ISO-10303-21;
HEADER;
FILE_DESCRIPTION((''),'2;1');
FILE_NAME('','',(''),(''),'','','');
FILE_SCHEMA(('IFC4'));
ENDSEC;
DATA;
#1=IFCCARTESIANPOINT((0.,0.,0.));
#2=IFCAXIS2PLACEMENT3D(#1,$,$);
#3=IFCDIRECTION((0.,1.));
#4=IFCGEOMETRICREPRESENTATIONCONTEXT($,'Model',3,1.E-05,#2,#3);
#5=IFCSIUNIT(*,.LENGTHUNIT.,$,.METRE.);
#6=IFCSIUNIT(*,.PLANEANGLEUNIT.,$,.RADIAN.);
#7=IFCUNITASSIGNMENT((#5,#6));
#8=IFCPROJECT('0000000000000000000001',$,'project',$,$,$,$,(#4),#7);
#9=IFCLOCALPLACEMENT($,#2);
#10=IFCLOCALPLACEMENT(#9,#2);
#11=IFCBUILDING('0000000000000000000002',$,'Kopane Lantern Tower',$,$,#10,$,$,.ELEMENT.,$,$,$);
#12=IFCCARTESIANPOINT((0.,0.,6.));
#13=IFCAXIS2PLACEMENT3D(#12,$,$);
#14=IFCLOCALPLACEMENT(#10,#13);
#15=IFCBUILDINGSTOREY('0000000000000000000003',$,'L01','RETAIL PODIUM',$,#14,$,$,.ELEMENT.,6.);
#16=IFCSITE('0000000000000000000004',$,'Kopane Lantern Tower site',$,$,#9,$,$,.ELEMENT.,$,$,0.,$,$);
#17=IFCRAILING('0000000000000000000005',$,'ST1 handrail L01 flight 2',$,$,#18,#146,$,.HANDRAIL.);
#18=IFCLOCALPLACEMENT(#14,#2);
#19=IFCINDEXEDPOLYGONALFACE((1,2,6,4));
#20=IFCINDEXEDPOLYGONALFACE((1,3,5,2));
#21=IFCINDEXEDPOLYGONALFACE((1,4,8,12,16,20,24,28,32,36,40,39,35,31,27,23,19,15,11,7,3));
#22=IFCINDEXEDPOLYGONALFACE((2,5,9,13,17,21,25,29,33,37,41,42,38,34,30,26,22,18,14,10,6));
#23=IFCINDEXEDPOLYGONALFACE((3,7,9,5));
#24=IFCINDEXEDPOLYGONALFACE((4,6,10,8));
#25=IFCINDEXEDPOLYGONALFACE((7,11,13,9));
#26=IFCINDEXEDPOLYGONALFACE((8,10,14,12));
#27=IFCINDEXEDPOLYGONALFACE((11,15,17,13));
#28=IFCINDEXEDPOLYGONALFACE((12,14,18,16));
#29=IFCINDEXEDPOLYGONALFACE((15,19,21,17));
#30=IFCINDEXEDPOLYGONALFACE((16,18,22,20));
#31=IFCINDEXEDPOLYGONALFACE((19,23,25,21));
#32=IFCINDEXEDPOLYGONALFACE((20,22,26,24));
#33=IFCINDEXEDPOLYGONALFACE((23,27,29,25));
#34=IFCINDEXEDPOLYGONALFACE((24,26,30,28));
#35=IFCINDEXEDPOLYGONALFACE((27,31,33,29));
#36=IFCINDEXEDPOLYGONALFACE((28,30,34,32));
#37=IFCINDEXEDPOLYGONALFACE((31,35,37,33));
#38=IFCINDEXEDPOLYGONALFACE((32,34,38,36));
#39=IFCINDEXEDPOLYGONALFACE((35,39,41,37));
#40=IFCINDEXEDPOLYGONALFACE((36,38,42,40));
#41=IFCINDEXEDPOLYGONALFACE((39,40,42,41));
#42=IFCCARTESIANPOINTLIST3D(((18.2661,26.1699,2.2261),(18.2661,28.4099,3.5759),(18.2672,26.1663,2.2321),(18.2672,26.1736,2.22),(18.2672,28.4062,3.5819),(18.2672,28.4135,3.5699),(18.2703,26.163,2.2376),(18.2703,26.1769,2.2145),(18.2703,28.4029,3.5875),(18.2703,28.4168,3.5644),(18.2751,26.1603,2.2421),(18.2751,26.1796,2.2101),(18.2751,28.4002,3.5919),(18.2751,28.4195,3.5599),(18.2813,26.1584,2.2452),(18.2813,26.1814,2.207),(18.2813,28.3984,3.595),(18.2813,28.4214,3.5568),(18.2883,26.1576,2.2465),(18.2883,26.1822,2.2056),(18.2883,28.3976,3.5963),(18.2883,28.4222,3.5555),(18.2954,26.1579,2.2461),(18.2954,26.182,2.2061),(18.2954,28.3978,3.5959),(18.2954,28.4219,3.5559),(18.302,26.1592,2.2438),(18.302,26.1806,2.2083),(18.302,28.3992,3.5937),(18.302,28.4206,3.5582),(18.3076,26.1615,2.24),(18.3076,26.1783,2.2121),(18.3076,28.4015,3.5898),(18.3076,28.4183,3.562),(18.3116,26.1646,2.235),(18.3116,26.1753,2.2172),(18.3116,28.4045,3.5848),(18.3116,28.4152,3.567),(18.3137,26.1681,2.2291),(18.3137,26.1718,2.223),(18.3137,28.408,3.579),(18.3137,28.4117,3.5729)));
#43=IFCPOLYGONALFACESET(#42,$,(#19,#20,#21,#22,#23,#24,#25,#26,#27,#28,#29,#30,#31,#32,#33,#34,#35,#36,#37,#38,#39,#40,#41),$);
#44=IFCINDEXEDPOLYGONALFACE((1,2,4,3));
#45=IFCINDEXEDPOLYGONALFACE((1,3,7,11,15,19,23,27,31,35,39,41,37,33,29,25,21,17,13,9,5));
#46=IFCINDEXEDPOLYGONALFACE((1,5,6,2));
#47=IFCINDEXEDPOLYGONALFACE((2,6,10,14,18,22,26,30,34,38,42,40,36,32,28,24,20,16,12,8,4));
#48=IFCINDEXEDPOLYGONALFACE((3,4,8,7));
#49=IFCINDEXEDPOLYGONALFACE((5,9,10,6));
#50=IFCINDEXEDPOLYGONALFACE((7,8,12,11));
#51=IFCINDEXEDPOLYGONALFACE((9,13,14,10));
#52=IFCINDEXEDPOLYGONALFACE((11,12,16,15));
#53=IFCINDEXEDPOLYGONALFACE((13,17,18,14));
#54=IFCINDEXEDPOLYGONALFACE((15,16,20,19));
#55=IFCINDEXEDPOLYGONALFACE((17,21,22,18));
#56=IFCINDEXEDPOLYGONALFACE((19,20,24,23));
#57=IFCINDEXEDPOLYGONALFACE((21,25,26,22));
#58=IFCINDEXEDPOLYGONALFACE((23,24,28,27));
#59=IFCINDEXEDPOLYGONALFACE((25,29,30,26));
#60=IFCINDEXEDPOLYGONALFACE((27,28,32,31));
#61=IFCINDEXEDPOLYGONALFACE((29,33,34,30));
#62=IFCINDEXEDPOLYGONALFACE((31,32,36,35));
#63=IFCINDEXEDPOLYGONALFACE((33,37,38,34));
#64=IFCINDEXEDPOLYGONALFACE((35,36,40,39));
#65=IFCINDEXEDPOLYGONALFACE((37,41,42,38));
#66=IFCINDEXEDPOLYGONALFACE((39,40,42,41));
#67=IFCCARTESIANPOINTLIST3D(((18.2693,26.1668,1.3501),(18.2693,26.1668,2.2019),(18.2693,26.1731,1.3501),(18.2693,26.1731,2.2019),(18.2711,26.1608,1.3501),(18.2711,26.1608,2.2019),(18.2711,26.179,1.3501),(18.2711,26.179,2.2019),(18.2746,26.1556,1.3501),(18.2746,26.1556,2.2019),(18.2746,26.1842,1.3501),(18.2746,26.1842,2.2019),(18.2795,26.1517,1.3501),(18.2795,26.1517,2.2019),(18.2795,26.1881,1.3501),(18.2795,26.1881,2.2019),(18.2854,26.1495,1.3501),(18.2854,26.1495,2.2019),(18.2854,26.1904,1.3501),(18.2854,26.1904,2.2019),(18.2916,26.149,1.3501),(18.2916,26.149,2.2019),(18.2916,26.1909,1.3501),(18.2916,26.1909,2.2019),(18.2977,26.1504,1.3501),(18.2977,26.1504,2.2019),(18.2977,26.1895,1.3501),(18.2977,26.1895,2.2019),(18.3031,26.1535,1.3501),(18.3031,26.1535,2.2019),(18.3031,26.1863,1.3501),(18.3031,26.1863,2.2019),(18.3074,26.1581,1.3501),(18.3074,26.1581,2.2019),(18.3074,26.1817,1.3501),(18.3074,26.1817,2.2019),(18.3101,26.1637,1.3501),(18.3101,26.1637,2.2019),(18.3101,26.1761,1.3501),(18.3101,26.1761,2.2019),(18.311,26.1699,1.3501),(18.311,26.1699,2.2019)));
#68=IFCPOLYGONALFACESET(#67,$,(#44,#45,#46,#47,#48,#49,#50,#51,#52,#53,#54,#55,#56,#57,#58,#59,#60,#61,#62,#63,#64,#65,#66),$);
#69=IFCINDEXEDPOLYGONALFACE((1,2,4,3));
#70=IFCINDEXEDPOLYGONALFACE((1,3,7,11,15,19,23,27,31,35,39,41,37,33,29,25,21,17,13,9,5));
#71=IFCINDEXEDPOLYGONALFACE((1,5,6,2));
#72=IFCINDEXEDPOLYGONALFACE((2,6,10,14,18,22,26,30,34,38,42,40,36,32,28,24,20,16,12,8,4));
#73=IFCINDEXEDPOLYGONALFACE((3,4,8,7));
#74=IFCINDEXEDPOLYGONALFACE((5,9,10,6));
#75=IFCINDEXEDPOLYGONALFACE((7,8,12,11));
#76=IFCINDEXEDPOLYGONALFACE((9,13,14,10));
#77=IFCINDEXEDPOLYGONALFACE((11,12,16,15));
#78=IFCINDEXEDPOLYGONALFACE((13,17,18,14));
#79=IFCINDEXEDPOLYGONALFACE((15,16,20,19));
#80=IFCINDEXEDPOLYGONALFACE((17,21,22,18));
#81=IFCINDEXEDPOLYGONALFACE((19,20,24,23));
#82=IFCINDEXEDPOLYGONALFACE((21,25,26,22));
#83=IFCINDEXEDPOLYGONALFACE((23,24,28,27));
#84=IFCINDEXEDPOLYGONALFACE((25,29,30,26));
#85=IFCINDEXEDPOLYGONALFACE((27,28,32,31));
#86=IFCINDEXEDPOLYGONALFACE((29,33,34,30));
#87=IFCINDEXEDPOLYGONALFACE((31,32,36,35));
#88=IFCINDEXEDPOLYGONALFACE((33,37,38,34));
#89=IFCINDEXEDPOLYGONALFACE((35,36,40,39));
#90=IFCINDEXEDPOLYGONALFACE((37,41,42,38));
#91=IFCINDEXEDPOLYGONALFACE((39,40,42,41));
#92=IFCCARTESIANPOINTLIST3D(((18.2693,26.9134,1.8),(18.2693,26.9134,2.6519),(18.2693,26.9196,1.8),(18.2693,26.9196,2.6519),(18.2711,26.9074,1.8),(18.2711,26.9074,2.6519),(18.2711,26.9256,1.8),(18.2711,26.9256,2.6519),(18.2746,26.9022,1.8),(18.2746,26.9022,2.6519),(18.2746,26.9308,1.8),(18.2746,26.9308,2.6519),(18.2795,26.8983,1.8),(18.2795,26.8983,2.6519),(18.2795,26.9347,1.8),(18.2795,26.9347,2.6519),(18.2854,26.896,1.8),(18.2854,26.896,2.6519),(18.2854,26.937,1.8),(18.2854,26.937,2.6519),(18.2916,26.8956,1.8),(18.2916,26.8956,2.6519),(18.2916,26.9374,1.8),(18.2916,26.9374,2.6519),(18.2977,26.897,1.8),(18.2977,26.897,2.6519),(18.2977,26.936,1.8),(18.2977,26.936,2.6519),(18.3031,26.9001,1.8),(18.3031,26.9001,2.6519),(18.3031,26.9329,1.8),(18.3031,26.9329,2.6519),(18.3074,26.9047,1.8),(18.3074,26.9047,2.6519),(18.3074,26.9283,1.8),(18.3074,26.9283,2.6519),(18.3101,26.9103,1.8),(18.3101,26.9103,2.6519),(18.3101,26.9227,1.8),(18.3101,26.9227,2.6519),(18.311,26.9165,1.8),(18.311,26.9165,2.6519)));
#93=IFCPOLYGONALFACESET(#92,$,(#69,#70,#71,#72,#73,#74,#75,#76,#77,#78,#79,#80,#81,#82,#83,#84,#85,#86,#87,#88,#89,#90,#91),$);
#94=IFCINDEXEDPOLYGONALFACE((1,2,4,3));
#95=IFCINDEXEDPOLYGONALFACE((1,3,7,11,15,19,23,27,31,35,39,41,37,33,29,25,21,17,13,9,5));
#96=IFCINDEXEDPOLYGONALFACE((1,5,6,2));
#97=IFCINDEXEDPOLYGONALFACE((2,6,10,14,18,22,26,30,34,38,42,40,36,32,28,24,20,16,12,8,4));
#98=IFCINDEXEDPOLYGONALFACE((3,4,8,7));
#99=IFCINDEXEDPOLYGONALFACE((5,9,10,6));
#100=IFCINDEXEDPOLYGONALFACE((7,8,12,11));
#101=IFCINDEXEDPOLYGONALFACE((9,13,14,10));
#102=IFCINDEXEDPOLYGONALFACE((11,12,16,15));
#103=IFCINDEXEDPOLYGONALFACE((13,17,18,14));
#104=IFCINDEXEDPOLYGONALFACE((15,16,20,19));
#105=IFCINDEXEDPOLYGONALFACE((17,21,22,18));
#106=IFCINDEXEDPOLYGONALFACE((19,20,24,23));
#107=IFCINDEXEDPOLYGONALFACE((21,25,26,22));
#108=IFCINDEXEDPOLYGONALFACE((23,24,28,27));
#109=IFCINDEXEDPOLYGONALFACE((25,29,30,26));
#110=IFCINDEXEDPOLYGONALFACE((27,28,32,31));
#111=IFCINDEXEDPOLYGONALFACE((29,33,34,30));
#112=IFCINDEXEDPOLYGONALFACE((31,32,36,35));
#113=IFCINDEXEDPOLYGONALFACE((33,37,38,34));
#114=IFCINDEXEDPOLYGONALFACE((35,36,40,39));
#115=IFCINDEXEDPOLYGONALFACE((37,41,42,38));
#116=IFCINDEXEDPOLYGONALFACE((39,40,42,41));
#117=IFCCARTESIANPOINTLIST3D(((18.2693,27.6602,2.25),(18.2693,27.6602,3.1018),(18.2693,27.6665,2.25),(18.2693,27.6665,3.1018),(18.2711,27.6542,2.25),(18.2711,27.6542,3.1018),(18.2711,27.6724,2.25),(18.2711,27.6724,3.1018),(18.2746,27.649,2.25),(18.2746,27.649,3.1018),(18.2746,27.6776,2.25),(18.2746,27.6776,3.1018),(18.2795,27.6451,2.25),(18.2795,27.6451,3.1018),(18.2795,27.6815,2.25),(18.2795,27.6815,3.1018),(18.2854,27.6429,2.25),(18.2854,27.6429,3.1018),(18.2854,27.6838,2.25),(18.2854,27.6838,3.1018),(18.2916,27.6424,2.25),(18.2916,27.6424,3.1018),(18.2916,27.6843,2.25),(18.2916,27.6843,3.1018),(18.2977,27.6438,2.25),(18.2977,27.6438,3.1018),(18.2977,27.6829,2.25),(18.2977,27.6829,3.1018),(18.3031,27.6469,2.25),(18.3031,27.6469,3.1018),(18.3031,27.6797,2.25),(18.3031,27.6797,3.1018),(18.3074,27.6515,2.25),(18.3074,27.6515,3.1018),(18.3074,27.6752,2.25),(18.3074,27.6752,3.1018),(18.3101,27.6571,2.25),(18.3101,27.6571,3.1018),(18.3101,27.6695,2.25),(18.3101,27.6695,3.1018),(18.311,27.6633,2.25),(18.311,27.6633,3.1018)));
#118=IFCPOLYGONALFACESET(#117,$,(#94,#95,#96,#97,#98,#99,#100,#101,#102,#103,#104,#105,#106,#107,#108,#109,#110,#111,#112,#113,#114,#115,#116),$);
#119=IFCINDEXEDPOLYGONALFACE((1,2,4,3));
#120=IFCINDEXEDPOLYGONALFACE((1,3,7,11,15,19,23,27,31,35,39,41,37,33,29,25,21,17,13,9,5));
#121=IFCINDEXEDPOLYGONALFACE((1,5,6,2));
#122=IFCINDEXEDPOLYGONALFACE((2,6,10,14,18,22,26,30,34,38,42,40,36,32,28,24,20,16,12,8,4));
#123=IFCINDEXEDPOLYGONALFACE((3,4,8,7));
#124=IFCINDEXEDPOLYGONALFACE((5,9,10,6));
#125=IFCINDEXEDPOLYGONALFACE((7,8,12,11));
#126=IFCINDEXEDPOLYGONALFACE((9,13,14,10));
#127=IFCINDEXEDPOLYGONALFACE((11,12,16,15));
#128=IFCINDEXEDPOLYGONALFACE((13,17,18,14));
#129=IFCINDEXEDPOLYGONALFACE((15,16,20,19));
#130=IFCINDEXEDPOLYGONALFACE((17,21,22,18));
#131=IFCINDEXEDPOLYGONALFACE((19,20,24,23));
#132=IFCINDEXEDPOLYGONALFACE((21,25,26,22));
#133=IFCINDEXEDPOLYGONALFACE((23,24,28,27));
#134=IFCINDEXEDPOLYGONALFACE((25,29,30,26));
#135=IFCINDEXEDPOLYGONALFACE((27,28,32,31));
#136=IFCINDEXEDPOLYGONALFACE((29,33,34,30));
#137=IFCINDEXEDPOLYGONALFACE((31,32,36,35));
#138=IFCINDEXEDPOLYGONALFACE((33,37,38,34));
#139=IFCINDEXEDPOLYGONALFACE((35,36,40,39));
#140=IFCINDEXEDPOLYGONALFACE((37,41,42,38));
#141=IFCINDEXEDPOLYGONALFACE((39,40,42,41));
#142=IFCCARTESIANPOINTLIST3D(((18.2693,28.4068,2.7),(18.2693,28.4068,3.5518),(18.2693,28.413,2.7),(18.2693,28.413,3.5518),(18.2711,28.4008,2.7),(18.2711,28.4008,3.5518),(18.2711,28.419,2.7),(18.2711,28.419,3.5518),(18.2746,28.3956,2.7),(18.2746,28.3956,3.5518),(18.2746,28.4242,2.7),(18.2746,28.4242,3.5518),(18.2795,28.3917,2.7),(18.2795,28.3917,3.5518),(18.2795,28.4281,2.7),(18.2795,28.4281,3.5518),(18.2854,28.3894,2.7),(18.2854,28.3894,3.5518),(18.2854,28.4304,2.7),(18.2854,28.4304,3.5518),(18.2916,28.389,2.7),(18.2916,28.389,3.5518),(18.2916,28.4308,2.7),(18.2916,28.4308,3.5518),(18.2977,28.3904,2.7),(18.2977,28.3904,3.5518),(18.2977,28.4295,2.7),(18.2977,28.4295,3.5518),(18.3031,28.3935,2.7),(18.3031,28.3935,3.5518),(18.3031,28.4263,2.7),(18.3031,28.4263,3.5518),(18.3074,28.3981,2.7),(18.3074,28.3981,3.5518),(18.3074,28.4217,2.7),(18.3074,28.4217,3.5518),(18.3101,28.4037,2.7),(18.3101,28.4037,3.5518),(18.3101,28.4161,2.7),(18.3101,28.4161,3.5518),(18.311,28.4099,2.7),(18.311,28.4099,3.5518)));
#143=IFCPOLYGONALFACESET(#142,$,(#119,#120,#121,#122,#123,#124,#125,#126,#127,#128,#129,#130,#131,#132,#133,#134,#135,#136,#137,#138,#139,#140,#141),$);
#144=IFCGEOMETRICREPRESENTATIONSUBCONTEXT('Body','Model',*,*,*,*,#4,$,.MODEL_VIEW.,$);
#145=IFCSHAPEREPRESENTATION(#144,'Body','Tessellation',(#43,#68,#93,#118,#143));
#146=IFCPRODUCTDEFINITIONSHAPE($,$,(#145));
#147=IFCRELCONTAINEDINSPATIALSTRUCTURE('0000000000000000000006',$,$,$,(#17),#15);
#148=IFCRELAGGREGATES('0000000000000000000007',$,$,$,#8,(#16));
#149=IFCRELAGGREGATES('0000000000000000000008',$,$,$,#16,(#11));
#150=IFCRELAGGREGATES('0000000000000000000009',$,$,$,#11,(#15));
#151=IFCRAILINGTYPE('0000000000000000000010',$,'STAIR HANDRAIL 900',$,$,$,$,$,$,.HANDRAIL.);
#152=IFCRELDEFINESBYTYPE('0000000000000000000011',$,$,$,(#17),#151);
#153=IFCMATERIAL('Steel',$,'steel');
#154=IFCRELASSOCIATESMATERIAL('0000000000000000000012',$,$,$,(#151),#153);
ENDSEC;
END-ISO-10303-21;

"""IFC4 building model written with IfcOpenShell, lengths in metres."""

from ifc_helpers import new_model, si_unit, direction, frame, origin, origin_2d, place, context, subcontext, project, spatial, circle, extrude, material, type_object, element, save


model = new_model("IFC4")

# Units and contexts
model_context = context("Model", 3, precision=1e-05, world=origin(), true_north=direction((0.0, 1.0)))
body_context = subcontext(model_context, "Body", "Model", "MODEL_VIEW")
ifc_project = project(units=[si_unit("LENGTHUNIT", "METRE"), si_unit("PLANEANGLEUNIT", "RADIAN")], contexts=[model_context])

# Site, building, storey
site_placement = place(None, origin())
site = spatial("IfcSite", under=ifc_project, at=site_placement, Name="Kopane Lantern Tower site", CompositionType="ELEMENT", RefElevation=0.0)
building_placement = place(site_placement, origin())
building = spatial("IfcBuilding", under=site, at=building_placement, Name="Kopane Lantern Tower", CompositionType="ELEMENT")
storey_placement = place(building_placement, frame((0.0, 0.0, 6.0)))
storey = spatial("IfcBuildingStorey", under=building, at=storey_placement, Name="L01", Description="RETAIL PODIUM", CompositionType="ELEMENT", Elevation=6.0)

# Railing
ifc_material_1 = material(Name="Steel", Category="steel")
railing_type_1 = type_object("IfcRailingType", Name="STAIR HANDRAIL 900", PredefinedType="HANDRAIL", material=ifc_material_1)
for number, where, name in (
    (1, (18.29, 26.1699, 1.3501), "ST1 handrail L01 flight 2"),
):
    element("IfcRailing", number, at=place(storey_placement, frame(where)), inside=storey, type_object=railing_type_1, Name=name, PredefinedType="HANDRAIL", context=body_context, shape_type="SweptSolid", body=[
        extrude(circle(Radius=0.0239, at=origin_2d()), frame((0.0, 0.0, 0.876), z_axis=(0.0, 0.856503, 0.516142), x_axis=(-1.0, 0.0, 0.0)), (0.0, 0.0, 1.0), 2.6152),
        extrude(circle(Radius=0.021, at=origin_2d()), origin(), (0.0, 0.0, 1.0), 0.8518),
        extrude(circle(Radius=0.021, at=origin_2d()), frame((0.0, 0.7466, 0.45)), (0.0, 0.0, 1.0), 0.8518),
        extrude(circle(Radius=0.021, at=origin_2d()), frame((0.0, 1.4934, 0.8999)), (0.0, 0.0, 1.0), 0.8518),
        extrude(circle(Radius=0.021, at=origin_2d()), frame((0.0, 2.24, 1.3499)), (0.0, 0.0, 1.0), 0.8518),
    ])

save(model, "model.ifc")
